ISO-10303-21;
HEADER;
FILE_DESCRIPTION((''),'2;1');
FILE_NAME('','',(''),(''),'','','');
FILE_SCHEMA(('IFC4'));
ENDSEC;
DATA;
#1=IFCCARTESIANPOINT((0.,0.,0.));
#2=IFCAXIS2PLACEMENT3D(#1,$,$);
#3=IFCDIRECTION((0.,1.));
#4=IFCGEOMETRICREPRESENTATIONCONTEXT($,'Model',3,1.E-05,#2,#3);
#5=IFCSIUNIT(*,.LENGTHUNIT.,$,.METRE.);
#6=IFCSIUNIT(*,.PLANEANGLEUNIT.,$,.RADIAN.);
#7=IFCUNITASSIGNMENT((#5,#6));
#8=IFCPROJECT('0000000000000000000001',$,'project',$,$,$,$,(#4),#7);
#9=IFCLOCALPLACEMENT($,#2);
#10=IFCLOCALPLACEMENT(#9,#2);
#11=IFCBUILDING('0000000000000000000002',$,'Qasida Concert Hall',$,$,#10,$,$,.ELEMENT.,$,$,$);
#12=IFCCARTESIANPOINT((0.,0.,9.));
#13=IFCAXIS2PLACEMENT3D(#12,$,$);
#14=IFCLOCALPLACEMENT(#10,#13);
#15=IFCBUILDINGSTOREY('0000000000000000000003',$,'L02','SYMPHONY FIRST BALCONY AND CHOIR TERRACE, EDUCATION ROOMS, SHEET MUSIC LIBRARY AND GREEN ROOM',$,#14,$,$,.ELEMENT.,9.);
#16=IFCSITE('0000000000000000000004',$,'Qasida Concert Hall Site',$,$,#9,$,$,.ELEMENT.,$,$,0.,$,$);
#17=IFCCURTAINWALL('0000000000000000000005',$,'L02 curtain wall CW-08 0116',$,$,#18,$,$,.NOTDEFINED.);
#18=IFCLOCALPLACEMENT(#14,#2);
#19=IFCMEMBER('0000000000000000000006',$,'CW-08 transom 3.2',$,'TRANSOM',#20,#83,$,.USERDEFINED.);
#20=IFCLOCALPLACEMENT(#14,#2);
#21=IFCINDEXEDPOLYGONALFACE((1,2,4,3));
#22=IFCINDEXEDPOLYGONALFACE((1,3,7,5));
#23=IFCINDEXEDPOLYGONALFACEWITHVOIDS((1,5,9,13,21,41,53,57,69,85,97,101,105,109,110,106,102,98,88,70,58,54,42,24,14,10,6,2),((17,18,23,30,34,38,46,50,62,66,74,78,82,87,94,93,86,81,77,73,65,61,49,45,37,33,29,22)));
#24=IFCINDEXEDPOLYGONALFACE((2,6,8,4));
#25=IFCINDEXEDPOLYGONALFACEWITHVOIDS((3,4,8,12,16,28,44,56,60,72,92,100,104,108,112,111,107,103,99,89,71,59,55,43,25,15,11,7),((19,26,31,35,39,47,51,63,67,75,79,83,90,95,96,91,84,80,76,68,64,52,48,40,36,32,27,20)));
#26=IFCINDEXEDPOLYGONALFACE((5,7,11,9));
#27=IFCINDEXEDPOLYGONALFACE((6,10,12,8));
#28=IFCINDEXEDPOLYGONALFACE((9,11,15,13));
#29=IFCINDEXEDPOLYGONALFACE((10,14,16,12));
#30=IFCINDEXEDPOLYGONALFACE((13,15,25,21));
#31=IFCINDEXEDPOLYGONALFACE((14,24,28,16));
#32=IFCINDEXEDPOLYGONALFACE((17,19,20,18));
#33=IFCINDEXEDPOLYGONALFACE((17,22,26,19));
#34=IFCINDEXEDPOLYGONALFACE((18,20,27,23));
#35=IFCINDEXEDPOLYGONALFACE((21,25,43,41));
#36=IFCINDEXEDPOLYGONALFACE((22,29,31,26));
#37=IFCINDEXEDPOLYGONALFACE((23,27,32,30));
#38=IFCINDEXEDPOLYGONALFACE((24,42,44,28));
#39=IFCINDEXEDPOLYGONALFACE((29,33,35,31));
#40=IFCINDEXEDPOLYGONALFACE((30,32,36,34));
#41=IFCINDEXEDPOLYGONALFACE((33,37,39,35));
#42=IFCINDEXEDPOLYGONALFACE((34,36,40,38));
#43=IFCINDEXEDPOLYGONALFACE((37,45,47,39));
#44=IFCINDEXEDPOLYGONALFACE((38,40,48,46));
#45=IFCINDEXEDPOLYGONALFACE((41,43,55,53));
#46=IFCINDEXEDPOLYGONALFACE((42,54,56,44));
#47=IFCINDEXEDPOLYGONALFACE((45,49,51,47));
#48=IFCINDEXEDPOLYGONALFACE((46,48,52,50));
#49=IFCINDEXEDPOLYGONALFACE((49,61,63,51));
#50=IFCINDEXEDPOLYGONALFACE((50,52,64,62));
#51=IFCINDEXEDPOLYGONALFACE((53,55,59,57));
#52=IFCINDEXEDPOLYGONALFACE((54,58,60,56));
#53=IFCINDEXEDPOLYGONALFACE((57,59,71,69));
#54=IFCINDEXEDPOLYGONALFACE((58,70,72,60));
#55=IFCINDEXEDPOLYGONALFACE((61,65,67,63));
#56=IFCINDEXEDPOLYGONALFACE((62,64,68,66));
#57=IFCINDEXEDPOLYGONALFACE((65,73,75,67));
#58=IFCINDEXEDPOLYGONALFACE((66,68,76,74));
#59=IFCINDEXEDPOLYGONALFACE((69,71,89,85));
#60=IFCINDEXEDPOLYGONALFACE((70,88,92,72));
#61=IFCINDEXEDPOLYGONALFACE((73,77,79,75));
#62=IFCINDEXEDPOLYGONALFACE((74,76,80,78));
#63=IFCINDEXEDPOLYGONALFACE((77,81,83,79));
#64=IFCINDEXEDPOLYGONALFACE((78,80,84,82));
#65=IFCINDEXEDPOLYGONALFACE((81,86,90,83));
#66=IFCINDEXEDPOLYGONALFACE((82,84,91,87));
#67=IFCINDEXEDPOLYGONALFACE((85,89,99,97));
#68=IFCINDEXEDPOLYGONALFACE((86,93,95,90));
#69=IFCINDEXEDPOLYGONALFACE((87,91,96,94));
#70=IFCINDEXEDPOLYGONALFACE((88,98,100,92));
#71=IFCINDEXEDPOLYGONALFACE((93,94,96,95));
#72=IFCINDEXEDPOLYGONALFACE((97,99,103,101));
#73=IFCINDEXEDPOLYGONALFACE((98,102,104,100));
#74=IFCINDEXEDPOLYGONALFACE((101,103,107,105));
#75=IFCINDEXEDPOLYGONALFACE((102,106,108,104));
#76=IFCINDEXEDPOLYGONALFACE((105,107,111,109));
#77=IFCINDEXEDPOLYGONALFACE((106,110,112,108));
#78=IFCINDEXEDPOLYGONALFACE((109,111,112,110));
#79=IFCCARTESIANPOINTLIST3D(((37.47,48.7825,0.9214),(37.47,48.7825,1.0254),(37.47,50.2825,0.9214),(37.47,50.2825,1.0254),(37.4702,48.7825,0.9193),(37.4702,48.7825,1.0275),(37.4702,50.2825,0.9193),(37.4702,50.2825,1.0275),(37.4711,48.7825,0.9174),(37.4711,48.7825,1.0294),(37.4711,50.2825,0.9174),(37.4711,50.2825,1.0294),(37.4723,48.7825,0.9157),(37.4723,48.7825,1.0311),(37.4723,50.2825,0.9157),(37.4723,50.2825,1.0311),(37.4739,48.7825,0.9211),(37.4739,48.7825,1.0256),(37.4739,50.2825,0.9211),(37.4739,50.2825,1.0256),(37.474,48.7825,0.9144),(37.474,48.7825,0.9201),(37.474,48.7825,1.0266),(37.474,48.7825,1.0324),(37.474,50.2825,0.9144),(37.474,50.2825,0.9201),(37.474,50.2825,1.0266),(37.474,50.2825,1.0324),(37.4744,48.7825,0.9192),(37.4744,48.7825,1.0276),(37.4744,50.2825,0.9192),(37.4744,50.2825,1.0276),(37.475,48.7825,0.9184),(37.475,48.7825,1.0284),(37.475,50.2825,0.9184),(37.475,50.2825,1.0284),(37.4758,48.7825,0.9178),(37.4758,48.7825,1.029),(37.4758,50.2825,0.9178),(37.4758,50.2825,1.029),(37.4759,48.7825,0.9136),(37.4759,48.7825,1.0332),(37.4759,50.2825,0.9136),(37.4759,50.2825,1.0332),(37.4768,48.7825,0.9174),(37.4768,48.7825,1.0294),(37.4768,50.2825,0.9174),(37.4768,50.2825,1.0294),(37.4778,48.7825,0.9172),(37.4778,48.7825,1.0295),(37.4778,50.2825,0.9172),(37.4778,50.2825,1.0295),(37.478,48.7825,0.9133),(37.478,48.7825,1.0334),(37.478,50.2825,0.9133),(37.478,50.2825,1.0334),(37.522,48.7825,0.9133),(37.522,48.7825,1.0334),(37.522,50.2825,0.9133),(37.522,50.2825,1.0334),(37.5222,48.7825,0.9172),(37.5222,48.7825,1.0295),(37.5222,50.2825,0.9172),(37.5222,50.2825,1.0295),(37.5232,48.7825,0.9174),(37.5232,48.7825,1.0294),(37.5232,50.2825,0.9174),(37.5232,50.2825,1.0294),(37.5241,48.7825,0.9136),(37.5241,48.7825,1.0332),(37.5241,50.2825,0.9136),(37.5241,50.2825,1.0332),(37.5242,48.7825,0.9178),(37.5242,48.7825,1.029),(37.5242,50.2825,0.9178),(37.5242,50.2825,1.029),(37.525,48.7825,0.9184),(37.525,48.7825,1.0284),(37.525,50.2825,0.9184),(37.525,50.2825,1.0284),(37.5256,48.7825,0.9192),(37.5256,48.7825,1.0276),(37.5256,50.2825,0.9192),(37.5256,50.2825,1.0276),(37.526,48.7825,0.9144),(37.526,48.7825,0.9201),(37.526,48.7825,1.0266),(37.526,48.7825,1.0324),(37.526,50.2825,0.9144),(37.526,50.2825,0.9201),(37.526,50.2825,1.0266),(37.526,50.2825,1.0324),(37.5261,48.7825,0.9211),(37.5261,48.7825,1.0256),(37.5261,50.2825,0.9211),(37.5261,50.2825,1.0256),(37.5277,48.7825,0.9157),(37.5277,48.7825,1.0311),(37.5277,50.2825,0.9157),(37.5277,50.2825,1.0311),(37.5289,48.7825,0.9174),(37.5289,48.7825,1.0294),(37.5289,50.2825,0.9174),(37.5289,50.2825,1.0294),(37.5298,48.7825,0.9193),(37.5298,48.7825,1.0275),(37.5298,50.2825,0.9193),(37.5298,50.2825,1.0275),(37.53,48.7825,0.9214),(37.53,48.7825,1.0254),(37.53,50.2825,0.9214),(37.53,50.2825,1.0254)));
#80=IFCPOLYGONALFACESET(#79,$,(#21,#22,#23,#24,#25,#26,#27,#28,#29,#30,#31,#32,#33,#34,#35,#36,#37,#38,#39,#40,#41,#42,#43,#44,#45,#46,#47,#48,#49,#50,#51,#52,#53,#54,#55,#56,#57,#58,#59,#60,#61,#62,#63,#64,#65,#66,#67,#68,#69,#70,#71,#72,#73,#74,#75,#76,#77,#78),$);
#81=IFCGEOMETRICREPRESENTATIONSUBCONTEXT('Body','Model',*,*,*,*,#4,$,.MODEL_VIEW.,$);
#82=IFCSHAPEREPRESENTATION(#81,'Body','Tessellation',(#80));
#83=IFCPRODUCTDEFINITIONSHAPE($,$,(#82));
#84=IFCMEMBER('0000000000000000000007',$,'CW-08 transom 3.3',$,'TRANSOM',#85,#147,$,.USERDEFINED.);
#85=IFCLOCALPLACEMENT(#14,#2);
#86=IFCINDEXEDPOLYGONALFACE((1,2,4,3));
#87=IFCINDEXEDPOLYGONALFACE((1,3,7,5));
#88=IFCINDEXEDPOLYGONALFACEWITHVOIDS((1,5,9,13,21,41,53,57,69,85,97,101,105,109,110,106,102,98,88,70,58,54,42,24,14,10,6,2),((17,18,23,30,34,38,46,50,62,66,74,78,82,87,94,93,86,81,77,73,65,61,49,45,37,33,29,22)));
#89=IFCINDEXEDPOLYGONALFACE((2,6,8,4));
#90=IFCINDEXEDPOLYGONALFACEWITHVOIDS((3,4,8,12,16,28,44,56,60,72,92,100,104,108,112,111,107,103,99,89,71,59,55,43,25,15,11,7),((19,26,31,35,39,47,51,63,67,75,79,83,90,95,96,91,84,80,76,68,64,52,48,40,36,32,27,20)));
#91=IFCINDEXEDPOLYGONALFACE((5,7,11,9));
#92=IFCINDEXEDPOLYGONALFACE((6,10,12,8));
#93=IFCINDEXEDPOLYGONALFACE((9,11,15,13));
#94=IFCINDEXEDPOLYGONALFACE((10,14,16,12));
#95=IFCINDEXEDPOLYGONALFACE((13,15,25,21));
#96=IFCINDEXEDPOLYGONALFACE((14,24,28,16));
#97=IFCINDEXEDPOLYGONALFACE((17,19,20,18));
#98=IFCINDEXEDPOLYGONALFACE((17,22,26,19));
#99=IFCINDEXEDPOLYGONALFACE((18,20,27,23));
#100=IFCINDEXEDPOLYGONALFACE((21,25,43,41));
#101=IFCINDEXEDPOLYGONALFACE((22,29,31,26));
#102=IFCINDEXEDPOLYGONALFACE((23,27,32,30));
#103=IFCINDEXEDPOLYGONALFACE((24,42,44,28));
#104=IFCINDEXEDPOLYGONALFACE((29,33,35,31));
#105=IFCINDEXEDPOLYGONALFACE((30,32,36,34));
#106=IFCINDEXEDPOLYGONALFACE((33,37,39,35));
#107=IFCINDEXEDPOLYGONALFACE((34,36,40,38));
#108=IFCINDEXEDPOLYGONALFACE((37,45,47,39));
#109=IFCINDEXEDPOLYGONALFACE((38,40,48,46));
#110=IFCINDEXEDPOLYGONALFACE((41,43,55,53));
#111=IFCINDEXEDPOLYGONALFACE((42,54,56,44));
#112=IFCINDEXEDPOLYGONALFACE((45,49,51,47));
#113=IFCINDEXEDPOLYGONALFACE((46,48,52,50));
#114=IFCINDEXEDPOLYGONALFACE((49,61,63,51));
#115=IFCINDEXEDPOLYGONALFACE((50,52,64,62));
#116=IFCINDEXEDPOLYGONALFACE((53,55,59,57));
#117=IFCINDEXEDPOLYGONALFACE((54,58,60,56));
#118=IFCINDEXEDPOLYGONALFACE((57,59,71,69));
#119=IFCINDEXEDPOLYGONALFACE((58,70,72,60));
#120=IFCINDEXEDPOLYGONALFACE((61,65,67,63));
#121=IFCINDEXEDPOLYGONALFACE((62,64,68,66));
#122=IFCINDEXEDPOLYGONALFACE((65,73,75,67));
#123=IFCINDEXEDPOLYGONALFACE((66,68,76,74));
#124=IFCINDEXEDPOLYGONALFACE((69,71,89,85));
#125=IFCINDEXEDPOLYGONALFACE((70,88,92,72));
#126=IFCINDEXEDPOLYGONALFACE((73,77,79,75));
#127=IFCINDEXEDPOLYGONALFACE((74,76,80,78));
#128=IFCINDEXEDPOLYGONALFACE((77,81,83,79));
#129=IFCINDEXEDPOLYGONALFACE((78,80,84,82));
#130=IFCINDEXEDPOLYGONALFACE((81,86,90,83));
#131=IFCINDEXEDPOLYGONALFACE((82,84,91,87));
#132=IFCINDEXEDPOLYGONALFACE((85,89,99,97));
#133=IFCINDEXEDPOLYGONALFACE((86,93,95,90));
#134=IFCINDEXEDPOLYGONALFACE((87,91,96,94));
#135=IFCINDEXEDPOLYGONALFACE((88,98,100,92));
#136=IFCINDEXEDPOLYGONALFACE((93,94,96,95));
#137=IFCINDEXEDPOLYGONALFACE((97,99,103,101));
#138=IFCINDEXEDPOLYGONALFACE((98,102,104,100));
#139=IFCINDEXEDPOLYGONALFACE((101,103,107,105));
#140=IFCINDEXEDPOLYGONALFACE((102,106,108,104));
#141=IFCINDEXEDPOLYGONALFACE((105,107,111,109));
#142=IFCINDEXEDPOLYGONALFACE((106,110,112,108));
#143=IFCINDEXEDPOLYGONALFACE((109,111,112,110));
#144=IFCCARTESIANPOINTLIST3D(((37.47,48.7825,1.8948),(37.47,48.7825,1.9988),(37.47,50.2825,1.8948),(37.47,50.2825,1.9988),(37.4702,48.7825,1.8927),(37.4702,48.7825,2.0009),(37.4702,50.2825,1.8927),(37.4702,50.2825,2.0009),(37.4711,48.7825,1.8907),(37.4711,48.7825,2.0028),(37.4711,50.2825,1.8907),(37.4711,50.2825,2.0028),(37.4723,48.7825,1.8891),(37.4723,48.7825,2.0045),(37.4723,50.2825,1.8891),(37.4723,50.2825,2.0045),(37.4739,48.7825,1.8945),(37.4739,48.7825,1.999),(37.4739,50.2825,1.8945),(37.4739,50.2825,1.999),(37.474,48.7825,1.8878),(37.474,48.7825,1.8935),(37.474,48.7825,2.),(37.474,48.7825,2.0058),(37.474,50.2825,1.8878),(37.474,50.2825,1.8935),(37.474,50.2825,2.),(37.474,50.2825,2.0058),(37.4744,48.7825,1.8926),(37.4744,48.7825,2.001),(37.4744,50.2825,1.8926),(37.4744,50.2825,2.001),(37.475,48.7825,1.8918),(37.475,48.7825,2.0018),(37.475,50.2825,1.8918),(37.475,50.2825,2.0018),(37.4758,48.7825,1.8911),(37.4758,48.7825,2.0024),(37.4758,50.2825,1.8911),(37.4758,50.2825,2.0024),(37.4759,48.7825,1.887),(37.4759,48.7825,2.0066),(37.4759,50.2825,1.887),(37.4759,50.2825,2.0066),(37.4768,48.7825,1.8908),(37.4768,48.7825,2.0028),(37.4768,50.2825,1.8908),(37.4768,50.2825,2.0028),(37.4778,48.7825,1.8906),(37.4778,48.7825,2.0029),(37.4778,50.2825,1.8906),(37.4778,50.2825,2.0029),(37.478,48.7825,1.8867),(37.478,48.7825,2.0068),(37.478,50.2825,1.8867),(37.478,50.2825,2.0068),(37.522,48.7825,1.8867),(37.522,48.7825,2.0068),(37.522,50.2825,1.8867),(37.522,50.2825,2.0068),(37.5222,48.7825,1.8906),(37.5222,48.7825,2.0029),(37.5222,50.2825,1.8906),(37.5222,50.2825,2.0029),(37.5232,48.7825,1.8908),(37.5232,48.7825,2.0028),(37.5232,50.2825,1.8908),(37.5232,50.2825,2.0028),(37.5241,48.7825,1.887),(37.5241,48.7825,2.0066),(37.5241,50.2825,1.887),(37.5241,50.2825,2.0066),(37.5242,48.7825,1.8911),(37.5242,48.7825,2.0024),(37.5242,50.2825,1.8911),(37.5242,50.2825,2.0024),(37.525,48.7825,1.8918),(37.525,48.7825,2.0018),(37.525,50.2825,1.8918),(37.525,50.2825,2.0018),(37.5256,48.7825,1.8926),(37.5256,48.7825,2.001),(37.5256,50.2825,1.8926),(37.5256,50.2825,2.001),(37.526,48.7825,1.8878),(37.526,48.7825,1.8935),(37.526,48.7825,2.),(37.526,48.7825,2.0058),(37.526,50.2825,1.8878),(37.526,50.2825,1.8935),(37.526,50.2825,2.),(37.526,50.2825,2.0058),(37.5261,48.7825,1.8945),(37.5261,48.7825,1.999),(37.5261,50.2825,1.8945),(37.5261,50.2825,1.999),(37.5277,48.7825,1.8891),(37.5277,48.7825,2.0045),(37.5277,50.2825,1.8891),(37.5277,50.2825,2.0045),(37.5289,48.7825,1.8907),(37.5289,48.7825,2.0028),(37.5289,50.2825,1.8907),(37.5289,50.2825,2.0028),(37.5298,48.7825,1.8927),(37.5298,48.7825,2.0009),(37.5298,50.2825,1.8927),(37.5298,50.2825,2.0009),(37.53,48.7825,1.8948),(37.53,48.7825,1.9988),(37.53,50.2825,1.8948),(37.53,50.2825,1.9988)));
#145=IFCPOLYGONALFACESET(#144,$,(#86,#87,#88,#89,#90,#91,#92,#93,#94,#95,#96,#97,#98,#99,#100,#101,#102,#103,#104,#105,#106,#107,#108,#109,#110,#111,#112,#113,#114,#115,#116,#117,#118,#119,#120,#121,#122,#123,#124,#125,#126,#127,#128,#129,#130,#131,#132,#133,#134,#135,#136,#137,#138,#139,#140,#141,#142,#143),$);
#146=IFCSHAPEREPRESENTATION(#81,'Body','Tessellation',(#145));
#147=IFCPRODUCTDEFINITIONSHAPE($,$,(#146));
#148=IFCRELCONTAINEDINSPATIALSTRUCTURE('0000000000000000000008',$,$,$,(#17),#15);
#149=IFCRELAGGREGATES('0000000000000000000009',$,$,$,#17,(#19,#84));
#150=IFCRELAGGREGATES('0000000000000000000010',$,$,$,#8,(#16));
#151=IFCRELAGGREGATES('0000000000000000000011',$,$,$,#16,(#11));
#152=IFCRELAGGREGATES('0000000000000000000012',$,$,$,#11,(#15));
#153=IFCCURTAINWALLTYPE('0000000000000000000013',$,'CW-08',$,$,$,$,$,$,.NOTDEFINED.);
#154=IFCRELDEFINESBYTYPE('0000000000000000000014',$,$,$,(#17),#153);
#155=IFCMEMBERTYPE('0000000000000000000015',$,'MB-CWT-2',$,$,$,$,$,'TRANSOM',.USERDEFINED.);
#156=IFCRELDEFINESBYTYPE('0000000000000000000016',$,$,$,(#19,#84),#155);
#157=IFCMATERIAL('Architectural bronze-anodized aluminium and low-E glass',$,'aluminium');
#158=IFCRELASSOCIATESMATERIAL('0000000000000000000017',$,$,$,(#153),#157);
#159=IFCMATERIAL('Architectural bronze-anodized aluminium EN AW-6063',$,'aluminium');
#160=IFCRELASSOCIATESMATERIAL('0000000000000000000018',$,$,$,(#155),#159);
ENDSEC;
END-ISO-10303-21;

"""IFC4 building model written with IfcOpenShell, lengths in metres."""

from ifc_helpers import new_model, si_unit, direction, frame, origin, origin_2d, place, context, subcontext, project, spatial, hollow_rectangle, extrude, material, material_profile, profile_set, type_object, element, aggregate, save


model = new_model("IFC4")

# Units and contexts
model_context = context("Model", 3, precision=1e-05, world=origin(), true_north=direction((0.0, 1.0)))
body_context = subcontext(model_context, "Body", "Model", "MODEL_VIEW")
ifc_project = project(units=[si_unit("LENGTHUNIT", "METRE"), si_unit("PLANEANGLEUNIT", "RADIAN")], contexts=[model_context])

# Site, building, storey
site_placement = place(None, origin())
site = spatial("IfcSite", under=ifc_project, at=site_placement, Name="Qasida Concert Hall Site", CompositionType="ELEMENT", RefElevation=0.0)
building_placement = place(site_placement, origin())
building = spatial("IfcBuilding", under=site, at=building_placement, Name="Qasida Concert Hall", CompositionType="ELEMENT")
storey_placement = place(building_placement, frame((0.0, 0.0, 9.0)))
storey = spatial("IfcBuildingStorey", under=building, at=storey_placement, Name="L02", Description="SYMPHONY FIRST BALCONY AND CHOIR TERRACE, EDUCATION ROOMS, SHEET MUSIC LIBRARY AND GREEN ROOM", CompositionType="ELEMENT", Elevation=9.0)

# Curtain wall, members
ifc_material_1 = material(Name="Architectural bronze-anodized aluminium and low-E glass", Category="aluminium")
curtain_wall_type = type_object("IfcCurtainWallType", Name="CW-08", PredefinedType="NOTDEFINED", material=ifc_material_1)
curtain_wall_placement = place(storey_placement, origin())
curtain_wall = element("IfcCurtainWall", 1, at=curtain_wall_placement, inside=storey, type_object=curtain_wall_type, Name="L02 curtain wall CW-08 0116", PredefinedType="NOTDEFINED")
ifc_material_2 = material(Name="Architectural bronze-anodized aluminium EN AW-6063", Category="aluminium")
ifc_material_profile_1 = material_profile(ifc_material_2, hollow_rectangle(XDim=0.0601, YDim=0.1201, WallThickness=0.0039, InnerFilletRadius=0.0039, OuterFilletRadius=0.0081, at=origin_2d()), Name="CWT 120x60x4")
ifc_profile_set_1 = profile_set([ifc_material_profile_1], Name="Architectural bronze-anodized aluminium EN AW-6063")
member_type_1 = type_object("IfcMemberType", Name="MB-CWT-2", ElementType="TRANSOM", PredefinedType="USERDEFINED", material=ifc_profile_set_1)
member_1_placement = place(storey_placement, frame((37.5, 48.7825, 0.9734), z_axis=(0.0, 1.0, 0.0), x_axis=(-1.0, 0.0, 0.0)))
member_1 = element("IfcMember", 2, at=member_1_placement, type_object=member_type_1, Name="CW-08 transom 3.2", ObjectType="TRANSOM", PredefinedType="USERDEFINED", context=body_context, shape_type="SweptSolid", body=[
    extrude(hollow_rectangle(XDim=0.0601, YDim=0.1201, WallThickness=0.0039, InnerFilletRadius=0.0039, OuterFilletRadius=0.0081, at=origin_2d()), origin(), (0.0, 0.0, 1.0), 1.5),
])
member_2_placement = place(storey_placement, frame((37.5, 48.7825, 1.9468), z_axis=(0.0, 1.0, 0.0), x_axis=(-1.0, 0.0, 0.0)))
member_2 = element("IfcMember", 3, at=member_2_placement, type_object=member_type_1, Name="CW-08 transom 3.3", ObjectType="TRANSOM", PredefinedType="USERDEFINED", context=body_context, shape_type="SweptSolid", body=[
    extrude(hollow_rectangle(XDim=0.0601, YDim=0.1201, WallThickness=0.0039, InnerFilletRadius=0.0039, OuterFilletRadius=0.0081, at=origin_2d()), origin(), (0.0, 0.0, 1.0), 1.5),
])
aggregate(curtain_wall, [member_1, member_2])

save(model, "model.ifc")
